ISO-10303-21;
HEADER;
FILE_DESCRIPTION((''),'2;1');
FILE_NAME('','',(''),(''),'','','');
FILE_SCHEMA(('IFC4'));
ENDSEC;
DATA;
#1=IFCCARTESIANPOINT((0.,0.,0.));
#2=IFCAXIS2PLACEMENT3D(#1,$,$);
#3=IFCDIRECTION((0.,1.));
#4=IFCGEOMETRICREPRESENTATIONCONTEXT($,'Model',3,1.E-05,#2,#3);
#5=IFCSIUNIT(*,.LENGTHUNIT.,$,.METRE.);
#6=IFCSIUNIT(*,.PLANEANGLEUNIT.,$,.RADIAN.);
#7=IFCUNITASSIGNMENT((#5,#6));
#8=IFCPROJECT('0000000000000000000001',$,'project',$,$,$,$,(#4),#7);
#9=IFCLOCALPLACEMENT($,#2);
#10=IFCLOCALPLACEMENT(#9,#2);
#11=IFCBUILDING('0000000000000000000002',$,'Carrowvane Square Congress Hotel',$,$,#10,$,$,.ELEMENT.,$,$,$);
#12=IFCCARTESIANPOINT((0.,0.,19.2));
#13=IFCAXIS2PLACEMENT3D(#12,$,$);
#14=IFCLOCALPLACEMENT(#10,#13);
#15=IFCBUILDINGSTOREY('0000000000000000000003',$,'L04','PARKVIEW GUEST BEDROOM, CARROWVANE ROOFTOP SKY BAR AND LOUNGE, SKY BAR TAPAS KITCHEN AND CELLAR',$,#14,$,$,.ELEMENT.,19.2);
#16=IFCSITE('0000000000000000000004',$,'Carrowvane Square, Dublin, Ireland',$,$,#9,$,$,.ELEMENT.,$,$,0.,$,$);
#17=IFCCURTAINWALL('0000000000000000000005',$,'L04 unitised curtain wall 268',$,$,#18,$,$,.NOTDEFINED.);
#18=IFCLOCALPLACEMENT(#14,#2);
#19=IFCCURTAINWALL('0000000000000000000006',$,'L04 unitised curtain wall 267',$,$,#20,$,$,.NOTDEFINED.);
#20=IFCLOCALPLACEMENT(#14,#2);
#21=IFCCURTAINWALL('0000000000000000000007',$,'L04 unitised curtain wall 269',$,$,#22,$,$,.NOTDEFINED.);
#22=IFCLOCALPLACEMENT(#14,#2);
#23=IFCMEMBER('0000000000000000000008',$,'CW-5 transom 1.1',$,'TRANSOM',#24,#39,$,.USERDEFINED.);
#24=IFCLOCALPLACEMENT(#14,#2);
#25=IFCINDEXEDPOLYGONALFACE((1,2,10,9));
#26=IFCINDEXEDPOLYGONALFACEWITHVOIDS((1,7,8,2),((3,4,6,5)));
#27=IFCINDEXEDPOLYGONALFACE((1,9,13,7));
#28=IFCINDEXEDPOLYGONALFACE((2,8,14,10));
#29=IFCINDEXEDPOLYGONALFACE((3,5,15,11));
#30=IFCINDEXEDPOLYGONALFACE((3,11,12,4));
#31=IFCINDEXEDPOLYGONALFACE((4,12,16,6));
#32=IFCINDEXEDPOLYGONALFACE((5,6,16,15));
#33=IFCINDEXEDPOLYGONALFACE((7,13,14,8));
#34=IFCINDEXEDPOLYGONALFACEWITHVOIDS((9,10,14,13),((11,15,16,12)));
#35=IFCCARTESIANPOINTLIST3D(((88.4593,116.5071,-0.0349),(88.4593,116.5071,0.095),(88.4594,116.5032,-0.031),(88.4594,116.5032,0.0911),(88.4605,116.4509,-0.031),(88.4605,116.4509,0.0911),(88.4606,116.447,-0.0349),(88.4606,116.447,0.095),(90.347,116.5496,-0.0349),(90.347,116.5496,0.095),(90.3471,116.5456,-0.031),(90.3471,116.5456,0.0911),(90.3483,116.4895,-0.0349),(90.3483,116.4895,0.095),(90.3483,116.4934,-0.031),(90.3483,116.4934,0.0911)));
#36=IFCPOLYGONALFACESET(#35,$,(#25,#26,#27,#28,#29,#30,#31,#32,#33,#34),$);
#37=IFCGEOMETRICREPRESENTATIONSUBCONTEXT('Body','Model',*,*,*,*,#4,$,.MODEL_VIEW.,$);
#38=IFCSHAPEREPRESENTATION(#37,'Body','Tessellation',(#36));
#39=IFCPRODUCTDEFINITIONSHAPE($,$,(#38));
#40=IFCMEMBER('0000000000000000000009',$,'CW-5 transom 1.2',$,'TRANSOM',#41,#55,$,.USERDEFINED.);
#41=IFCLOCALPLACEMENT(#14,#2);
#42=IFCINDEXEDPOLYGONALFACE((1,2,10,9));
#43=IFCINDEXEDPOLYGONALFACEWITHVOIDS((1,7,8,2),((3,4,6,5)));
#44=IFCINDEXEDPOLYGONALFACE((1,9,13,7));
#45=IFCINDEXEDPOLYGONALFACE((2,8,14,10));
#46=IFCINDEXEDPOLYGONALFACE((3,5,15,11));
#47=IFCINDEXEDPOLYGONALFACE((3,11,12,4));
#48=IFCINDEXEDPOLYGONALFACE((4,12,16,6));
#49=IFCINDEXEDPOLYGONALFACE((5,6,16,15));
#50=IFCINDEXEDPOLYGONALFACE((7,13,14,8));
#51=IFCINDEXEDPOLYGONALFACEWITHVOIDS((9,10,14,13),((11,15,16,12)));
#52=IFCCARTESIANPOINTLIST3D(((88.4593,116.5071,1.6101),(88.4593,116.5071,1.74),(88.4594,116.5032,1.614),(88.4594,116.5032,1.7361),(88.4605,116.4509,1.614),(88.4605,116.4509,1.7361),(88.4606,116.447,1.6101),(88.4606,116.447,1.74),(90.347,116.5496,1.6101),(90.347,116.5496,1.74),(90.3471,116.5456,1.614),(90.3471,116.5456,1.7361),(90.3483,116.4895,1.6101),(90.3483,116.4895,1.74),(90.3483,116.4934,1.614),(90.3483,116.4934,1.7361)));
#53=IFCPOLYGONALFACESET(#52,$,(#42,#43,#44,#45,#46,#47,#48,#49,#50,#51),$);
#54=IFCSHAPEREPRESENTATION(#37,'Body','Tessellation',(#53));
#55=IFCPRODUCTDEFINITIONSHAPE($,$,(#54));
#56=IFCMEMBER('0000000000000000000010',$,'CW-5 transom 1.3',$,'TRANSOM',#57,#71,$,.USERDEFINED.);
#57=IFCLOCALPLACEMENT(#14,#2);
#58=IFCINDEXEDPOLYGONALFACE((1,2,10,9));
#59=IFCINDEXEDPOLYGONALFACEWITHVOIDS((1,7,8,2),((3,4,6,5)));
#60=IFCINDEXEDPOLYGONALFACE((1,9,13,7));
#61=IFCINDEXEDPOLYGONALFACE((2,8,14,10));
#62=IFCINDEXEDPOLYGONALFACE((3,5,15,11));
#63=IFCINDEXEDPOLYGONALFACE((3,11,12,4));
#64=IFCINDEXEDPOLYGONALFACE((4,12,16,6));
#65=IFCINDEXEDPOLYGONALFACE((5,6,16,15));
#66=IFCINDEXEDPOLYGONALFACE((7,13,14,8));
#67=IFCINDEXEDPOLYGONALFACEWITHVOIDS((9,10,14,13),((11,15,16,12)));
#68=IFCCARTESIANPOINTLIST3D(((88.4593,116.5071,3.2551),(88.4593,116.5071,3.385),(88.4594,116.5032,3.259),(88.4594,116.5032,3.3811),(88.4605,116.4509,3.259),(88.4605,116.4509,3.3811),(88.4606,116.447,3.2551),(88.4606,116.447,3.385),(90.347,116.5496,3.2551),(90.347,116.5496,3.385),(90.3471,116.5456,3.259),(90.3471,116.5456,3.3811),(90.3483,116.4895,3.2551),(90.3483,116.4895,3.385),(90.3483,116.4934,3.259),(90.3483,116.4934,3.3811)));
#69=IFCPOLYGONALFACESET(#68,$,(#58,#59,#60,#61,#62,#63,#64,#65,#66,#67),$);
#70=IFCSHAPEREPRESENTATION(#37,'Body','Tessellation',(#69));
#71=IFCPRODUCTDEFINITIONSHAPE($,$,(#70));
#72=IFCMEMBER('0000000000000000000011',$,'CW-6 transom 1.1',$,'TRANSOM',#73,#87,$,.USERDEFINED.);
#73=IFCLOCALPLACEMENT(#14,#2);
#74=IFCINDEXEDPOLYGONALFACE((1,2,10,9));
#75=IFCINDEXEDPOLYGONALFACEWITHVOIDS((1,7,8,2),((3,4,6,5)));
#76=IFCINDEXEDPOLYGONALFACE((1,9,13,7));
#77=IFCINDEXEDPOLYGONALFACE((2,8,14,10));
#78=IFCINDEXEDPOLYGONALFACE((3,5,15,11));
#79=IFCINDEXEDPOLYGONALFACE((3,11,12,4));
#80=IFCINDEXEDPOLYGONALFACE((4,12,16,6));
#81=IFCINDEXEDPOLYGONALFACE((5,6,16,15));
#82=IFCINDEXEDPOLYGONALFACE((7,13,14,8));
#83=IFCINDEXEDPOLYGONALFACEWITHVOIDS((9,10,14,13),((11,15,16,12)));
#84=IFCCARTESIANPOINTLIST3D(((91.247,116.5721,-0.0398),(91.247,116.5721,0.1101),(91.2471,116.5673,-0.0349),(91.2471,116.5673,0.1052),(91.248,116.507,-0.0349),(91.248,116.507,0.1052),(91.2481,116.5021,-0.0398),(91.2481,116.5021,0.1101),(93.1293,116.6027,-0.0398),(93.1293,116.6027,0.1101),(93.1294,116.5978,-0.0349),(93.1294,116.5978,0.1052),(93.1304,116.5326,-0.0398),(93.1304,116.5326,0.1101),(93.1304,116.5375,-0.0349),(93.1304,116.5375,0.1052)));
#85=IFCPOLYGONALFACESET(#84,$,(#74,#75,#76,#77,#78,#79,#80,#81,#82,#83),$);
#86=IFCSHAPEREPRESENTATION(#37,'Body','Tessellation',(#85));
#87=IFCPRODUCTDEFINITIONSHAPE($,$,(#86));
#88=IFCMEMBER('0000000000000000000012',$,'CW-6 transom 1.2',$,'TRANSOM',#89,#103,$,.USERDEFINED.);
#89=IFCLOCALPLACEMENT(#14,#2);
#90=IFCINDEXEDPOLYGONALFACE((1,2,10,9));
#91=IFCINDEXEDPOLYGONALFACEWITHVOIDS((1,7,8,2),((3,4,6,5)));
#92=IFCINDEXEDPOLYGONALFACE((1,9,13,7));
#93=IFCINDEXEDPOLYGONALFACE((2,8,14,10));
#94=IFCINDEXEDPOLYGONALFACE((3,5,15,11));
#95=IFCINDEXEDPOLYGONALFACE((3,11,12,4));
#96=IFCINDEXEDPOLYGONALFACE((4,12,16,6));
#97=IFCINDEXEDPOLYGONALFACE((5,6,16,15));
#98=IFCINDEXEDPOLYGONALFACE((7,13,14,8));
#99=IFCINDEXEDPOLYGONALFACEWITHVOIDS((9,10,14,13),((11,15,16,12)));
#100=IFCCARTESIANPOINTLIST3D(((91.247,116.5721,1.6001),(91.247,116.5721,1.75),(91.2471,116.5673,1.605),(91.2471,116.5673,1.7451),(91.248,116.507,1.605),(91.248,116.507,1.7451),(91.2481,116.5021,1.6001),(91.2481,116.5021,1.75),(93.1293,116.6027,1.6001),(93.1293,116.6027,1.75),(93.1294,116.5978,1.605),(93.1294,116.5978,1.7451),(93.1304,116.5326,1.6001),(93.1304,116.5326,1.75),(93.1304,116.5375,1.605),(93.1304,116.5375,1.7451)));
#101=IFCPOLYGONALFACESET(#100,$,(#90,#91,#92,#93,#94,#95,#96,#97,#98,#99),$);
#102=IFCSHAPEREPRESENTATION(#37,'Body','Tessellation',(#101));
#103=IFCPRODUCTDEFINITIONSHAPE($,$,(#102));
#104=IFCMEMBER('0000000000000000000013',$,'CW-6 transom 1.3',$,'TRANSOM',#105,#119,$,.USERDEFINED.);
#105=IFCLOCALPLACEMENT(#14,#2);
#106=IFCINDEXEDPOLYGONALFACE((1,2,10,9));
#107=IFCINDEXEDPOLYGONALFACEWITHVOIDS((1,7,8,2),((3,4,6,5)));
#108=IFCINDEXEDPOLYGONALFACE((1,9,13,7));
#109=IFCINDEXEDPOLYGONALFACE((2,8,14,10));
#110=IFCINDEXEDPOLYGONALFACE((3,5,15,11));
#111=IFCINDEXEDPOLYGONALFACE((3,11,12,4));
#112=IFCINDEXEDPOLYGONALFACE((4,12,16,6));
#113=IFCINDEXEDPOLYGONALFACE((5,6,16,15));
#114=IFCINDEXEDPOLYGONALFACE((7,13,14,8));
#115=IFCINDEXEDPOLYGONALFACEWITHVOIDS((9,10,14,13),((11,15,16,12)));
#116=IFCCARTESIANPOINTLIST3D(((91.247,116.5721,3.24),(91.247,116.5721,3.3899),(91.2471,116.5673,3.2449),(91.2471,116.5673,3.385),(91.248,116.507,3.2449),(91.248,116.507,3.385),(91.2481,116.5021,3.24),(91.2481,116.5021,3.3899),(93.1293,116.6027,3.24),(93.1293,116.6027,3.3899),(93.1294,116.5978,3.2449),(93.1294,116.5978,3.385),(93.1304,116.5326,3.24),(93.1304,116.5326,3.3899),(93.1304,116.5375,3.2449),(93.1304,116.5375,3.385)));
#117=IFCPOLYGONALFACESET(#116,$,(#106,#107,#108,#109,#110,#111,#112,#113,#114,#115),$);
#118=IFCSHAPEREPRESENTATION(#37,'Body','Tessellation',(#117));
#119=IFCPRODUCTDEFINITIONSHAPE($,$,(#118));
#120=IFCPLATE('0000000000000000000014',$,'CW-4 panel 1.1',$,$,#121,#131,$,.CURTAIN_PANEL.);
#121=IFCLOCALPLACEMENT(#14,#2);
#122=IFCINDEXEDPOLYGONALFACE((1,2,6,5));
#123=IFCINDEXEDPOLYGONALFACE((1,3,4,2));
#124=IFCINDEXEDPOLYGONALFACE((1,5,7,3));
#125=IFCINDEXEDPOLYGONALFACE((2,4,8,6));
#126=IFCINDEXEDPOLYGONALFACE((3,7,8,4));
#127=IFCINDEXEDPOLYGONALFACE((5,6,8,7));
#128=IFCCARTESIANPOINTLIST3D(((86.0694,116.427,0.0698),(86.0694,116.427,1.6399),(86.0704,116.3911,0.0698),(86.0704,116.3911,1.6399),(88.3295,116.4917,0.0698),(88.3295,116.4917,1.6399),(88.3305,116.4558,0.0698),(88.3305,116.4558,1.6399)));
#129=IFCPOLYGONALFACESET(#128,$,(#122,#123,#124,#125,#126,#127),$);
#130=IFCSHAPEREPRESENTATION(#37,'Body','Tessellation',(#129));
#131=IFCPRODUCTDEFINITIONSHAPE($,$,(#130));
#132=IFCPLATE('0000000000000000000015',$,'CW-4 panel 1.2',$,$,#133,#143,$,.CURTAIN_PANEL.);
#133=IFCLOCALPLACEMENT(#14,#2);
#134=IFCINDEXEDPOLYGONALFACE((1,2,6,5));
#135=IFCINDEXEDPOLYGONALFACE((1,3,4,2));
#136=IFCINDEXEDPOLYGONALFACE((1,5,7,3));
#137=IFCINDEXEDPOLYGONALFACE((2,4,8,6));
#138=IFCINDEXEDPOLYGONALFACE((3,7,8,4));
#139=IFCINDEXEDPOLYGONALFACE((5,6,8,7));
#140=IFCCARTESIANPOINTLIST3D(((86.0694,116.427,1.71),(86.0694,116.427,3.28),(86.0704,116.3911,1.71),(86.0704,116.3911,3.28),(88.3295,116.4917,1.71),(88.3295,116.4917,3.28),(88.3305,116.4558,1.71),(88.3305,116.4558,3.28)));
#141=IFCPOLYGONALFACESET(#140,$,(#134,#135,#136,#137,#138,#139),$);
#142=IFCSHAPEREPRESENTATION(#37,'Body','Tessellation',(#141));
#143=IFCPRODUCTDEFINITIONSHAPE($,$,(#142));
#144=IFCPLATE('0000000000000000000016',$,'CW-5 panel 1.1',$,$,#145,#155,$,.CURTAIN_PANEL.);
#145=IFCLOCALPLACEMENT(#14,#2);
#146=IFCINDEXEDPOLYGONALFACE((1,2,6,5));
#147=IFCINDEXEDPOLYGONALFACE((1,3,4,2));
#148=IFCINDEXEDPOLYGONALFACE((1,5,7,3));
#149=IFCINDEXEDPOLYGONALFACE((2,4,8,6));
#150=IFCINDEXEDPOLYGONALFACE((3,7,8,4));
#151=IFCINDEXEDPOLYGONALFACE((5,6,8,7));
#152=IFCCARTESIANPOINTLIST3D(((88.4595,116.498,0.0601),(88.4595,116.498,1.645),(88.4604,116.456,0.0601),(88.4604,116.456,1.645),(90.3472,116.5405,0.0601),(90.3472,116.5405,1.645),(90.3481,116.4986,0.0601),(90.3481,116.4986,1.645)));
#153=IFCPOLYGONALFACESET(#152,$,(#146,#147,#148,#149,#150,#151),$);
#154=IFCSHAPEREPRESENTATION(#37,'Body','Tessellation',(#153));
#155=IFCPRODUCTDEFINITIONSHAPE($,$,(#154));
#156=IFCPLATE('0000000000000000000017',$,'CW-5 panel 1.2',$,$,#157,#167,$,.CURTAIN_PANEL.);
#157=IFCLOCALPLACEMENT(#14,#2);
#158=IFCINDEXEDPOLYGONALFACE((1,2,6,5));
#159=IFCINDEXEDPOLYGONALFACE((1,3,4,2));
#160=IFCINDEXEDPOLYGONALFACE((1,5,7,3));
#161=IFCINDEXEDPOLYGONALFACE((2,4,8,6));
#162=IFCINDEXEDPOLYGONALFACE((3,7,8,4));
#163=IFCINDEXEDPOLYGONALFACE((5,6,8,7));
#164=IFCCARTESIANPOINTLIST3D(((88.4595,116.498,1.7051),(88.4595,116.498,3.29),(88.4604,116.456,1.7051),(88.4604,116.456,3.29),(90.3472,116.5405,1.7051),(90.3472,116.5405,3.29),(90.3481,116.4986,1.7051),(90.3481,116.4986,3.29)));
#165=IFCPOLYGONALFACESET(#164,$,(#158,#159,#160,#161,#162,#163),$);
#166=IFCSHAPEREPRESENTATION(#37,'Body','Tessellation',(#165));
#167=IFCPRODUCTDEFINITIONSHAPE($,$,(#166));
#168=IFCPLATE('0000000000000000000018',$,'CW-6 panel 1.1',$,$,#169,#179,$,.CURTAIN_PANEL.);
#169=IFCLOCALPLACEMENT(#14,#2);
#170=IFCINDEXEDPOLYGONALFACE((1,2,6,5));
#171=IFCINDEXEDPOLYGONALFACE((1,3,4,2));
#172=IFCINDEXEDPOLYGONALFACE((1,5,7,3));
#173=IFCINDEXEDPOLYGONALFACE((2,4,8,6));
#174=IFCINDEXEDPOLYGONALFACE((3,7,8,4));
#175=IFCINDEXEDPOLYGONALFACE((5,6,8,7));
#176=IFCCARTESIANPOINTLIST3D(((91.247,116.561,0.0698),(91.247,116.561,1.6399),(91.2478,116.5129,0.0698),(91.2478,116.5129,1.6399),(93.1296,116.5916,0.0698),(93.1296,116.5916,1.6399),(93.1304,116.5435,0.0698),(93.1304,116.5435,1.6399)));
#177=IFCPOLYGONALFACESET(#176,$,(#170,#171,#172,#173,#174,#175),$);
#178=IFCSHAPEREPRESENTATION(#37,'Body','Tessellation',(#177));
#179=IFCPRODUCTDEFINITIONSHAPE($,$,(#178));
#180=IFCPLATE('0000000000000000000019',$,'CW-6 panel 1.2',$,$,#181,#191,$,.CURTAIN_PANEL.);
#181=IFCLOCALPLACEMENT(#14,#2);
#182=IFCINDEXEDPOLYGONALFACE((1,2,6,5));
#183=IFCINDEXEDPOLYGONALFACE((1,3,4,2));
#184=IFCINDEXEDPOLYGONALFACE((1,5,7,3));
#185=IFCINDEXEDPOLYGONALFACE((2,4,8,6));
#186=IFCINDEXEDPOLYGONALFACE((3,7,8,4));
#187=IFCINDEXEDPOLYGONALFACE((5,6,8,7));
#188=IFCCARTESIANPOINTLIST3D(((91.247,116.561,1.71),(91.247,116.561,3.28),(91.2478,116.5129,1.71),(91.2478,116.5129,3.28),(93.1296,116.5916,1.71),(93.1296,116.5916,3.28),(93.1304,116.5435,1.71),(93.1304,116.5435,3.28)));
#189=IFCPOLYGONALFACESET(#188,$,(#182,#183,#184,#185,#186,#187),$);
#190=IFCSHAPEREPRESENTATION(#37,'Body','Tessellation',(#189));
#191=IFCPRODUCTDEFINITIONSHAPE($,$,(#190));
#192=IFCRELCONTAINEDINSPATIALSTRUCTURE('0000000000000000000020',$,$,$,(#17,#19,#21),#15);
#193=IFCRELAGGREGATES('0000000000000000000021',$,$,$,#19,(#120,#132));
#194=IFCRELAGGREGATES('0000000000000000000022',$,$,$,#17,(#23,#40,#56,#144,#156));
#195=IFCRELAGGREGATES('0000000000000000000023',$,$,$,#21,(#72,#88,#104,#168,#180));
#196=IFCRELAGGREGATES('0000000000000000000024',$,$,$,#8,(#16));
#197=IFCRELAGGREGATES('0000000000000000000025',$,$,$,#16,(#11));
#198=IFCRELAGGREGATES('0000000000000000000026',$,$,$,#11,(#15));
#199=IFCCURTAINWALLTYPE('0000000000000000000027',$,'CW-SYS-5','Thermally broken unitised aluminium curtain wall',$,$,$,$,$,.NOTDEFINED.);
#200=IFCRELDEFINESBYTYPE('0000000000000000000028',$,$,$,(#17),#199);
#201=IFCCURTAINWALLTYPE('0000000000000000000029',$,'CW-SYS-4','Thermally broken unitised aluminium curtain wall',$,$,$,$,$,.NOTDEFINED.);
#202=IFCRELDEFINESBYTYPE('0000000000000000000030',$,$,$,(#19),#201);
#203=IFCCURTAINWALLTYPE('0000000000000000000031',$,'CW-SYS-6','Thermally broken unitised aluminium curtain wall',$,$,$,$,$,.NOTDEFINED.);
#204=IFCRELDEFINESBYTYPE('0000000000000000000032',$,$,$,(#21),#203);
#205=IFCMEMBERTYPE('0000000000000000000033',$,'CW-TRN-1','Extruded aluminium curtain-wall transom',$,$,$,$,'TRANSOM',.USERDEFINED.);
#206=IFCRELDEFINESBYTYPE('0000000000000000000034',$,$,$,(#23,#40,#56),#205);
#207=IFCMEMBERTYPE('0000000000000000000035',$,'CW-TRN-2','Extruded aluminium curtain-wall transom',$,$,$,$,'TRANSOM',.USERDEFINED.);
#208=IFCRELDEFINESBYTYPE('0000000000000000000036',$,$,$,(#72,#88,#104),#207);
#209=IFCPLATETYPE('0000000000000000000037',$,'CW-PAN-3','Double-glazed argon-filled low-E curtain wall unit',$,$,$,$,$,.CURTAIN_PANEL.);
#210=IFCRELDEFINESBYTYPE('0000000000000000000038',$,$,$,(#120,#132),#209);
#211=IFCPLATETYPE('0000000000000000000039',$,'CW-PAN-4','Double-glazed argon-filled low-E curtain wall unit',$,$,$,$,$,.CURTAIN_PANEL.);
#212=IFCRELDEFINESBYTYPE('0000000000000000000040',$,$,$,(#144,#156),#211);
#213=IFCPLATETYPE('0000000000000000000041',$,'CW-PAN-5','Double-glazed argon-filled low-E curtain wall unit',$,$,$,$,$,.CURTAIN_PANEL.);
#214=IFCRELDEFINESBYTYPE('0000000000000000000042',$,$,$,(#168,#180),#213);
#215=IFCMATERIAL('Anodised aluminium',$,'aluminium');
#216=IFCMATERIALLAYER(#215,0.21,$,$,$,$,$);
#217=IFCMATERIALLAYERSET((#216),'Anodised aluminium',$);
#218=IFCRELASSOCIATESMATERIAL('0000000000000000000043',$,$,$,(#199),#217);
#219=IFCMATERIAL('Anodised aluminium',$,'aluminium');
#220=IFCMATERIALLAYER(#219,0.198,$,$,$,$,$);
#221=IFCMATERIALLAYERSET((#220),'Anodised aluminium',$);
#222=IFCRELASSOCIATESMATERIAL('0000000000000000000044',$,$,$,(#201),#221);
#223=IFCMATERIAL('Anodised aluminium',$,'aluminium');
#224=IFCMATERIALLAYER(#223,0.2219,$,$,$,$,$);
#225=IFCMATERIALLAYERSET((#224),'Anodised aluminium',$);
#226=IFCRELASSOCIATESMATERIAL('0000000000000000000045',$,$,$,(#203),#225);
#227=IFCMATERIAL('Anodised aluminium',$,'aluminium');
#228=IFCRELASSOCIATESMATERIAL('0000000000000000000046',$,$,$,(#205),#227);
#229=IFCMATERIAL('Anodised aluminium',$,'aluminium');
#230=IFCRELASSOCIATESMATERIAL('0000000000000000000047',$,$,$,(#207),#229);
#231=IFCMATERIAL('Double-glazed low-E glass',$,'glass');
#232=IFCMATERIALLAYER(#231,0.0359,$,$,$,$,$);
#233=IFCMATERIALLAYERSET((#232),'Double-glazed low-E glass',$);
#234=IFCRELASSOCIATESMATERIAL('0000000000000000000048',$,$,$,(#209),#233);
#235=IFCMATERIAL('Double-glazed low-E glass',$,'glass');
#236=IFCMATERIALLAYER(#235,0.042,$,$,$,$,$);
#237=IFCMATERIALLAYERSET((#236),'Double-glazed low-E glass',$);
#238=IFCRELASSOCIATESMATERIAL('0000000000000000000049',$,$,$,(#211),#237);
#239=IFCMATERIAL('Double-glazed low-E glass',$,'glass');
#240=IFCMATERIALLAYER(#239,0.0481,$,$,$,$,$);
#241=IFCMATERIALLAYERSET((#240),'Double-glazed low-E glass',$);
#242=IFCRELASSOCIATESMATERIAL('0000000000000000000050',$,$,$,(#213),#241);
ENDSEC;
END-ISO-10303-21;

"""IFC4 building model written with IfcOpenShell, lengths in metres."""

from ifc_helpers import new_model, si_unit, direction, frame, origin, origin_2d, place, context, subcontext, project, spatial, rectangle, hollow_rectangle, extrude, material, layer, layer_set, material_profile, profile_set, type_object, element, aggregate, save


model = new_model("IFC4")

# Units and contexts
model_context = context("Model", 3, precision=1e-05, world=origin(), true_north=direction((0.0, 1.0)))
body_context = subcontext(model_context, "Body", "Model", "MODEL_VIEW")
ifc_project = project(units=[si_unit("LENGTHUNIT", "METRE"), si_unit("PLANEANGLEUNIT", "RADIAN")], contexts=[model_context])

# Site, building, storey
site_placement = place(None, origin())
site = spatial("IfcSite", under=ifc_project, at=site_placement, Name="Carrowvane Square, Dublin, Ireland", CompositionType="ELEMENT", RefElevation=0.0)
building_placement = place(site_placement, origin())
building = spatial("IfcBuilding", under=site, at=building_placement, Name="Carrowvane Square Congress Hotel", CompositionType="ELEMENT")
storey_placement = place(building_placement, frame((0.0, 0.0, 19.2)))
storey = spatial("IfcBuildingStorey", under=building, at=storey_placement, Name="L04", Description="PARKVIEW GUEST BEDROOM, CARROWVANE ROOFTOP SKY BAR AND LOUNGE, SKY BAR TAPAS KITCHEN AND CELLAR", CompositionType="ELEMENT", Elevation=19.2)

# Curtain wall
ifc_material_1 = material(Name="Anodised aluminium", Category="aluminium")
ifc_layer_1 = layer(ifc_material_1, 0.21)
ifc_layer_set_1 = layer_set([ifc_layer_1], Name="Anodised aluminium")
curtain_wall_type_1 = type_object("IfcCurtainWallType", Name="CW-SYS-5", Description="Thermally broken unitised aluminium curtain wall", PredefinedType="NOTDEFINED", material=ifc_layer_set_1)
curtain_wall_1_placement = place(storey_placement, origin())
curtain_wall_1 = element("IfcCurtainWall", 1, at=curtain_wall_1_placement, inside=storey, type_object=curtain_wall_type_1, Name="L04 unitised curtain wall 268", PredefinedType="NOTDEFINED")

# Curtain wall
ifc_material_2 = material(Name="Anodised aluminium", Category="aluminium")
ifc_layer_2 = layer(ifc_material_2, 0.198)
ifc_layer_set_2 = layer_set([ifc_layer_2], Name="Anodised aluminium")
curtain_wall_type_2 = type_object("IfcCurtainWallType", Name="CW-SYS-4", Description="Thermally broken unitised aluminium curtain wall", PredefinedType="NOTDEFINED", material=ifc_layer_set_2)
curtain_wall_2_placement = place(storey_placement, origin())
curtain_wall_2 = element("IfcCurtainWall", 2, at=curtain_wall_2_placement, inside=storey, type_object=curtain_wall_type_2, Name="L04 unitised curtain wall 267", PredefinedType="NOTDEFINED")

# Curtain wall
ifc_material_3 = material(Name="Anodised aluminium", Category="aluminium")
ifc_layer_3 = layer(ifc_material_3, 0.2219)
ifc_layer_set_3 = layer_set([ifc_layer_3], Name="Anodised aluminium")
curtain_wall_type_3 = type_object("IfcCurtainWallType", Name="CW-SYS-6", Description="Thermally broken unitised aluminium curtain wall", PredefinedType="NOTDEFINED", material=ifc_layer_set_3)
curtain_wall_3_placement = place(storey_placement, origin())
curtain_wall_3 = element("IfcCurtainWall", 3, at=curtain_wall_3_placement, inside=storey, type_object=curtain_wall_type_3, Name="L04 unitised curtain wall 269", PredefinedType="NOTDEFINED")

# Members
ifc_material_4 = material(Name="Anodised aluminium", Category="aluminium")
ifc_material_profile_1 = material_profile(ifc_material_4, hollow_rectangle(XDim=0.0601, YDim=0.1299, WallThickness=0.0039, at=origin_2d()), Name="CW-TR 60x130x4")
ifc_profile_set_1 = profile_set([ifc_material_profile_1], Name="Anodised aluminium")
member_type_1 = type_object("IfcMemberType", Name="CW-TRN-1", Description="Extruded aluminium curtain-wall transom", ElementType="TRANSOM", PredefinedType="USERDEFINED", material=ifc_profile_set_1)
member_1_placement = place(storey_placement, frame((88.46, 116.4771, 0.03), z_axis=(0.999747, 0.022498, 0.0), x_axis=(-0.022498, 0.999747, 0.0)))
member_1 = element("IfcMember", 4, at=member_1_placement, type_object=member_type_1, Name="CW-5 transom 1.1", ObjectType="TRANSOM", PredefinedType="USERDEFINED", context=body_context, shape_type="SweptSolid", body=[
    extrude(hollow_rectangle(XDim=0.0601, YDim=0.1299, WallThickness=0.0039, at=origin_2d()), origin(), (0.0, 0.0, 1.0), 1.8882),
])
member_2_placement = place(storey_placement, frame((88.46, 116.4771, 1.675), z_axis=(0.999747, 0.022498, 0.0), x_axis=(-0.022498, 0.999747, 0.0)))
member_2 = element("IfcMember", 5, at=member_2_placement, type_object=member_type_1, Name="CW-5 transom 1.2", ObjectType="TRANSOM", PredefinedType="USERDEFINED", context=body_context, shape_type="SweptSolid", body=[
    extrude(hollow_rectangle(XDim=0.0601, YDim=0.1299, WallThickness=0.0039, at=origin_2d()), origin(), (0.0, 0.0, 1.0), 1.8882),
])
member_3_placement = place(storey_placement, frame((88.46, 116.4771, 3.3201), z_axis=(0.999747, 0.022498, 0.0), x_axis=(-0.022498, 0.999747, 0.0)))
member_3 = element("IfcMember", 6, at=member_3_placement, type_object=member_type_1, Name="CW-5 transom 1.3", ObjectType="TRANSOM", PredefinedType="USERDEFINED", context=body_context, shape_type="SweptSolid", body=[
    extrude(hollow_rectangle(XDim=0.0601, YDim=0.1299, WallThickness=0.0039, at=origin_2d()), origin(), (0.0, 0.0, 1.0), 1.8882),
])
ifc_material_5 = material(Name="Anodised aluminium", Category="aluminium")
ifc_material_profile_2 = material_profile(ifc_material_5, hollow_rectangle(XDim=0.0701, YDim=0.1499, WallThickness=0.0049, at=origin_2d()), Name="CW-TR 70x150x5")
ifc_profile_set_2 = profile_set([ifc_material_profile_2], Name="Anodised aluminium")
member_type_2 = type_object("IfcMemberType", Name="CW-TRN-2", Description="Extruded aluminium curtain-wall transom", ElementType="TRANSOM", PredefinedType="USERDEFINED", material=ifc_profile_set_2)
member_4_placement = place(storey_placement, frame((91.2476, 116.5371, 0.0352), z_axis=(0.999869, 0.016211, 0.0), x_axis=(-0.016211, 0.999869, 0.0)))
member_4 = element("IfcMember", 7, at=member_4_placement, type_object=member_type_2, Name="CW-6 transom 1.1", ObjectType="TRANSOM", PredefinedType="USERDEFINED", context=body_context, shape_type="SweptSolid", body=[
    extrude(hollow_rectangle(XDim=0.0701, YDim=0.1499, WallThickness=0.0049, at=origin_2d()), origin(), (0.0, 0.0, 1.0), 1.8826),
])
member_5_placement = place(storey_placement, frame((91.2476, 116.5371, 1.675), z_axis=(0.999869, 0.016211, 0.0), x_axis=(-0.016211, 0.999869, 0.0)))
member_5 = element("IfcMember", 8, at=member_5_placement, type_object=member_type_2, Name="CW-6 transom 1.2", ObjectType="TRANSOM", PredefinedType="USERDEFINED", context=body_context, shape_type="SweptSolid", body=[
    extrude(hollow_rectangle(XDim=0.0701, YDim=0.1499, WallThickness=0.0049, at=origin_2d()), origin(), (0.0, 0.0, 1.0), 1.8826),
])
member_6_placement = place(storey_placement, frame((91.2476, 116.5371, 3.3149), z_axis=(0.999869, 0.016211, 0.0), x_axis=(-0.016211, 0.999869, 0.0)))
member_6 = element("IfcMember", 9, at=member_6_placement, type_object=member_type_2, Name="CW-6 transom 1.3", ObjectType="TRANSOM", PredefinedType="USERDEFINED", context=body_context, shape_type="SweptSolid", body=[
    extrude(hollow_rectangle(XDim=0.0701, YDim=0.1499, WallThickness=0.0049, at=origin_2d()), origin(), (0.0, 0.0, 1.0), 1.8826),
])

# Plates
ifc_material_6 = material(Name="Double-glazed low-E glass", Category="glass")
ifc_layer_4 = layer(ifc_material_6, 0.0359)
ifc_layer_set_4 = layer_set([ifc_layer_4], Name="Double-glazed low-E glass")
plate_type_1 = type_object("IfcPlateType", Name="CW-PAN-3", Description="Double-glazed argon-filled low-E curtain wall unit", PredefinedType="CURTAIN_PANEL", material=ifc_layer_set_4)
plate_1_placement = place(storey_placement, frame((87.2, 116.4414, 0.0698), z_axis=(0.0, 0.0, 1.0), x_axis=(0.99959, 0.028638, 0.0)))
plate_1 = element("IfcPlate", 10, at=plate_1_placement, type_object=plate_type_1, Name="CW-4 panel 1.1", PredefinedType="CURTAIN_PANEL", context=body_context, shape_type="SweptSolid", body=[
    extrude(rectangle(XDim=2.261, YDim=0.0359, at=origin_2d()), origin(), (0.0, 0.0, 1.0), 1.5701),
])
plate_2_placement = place(storey_placement, frame((87.2, 116.4414, 1.71), z_axis=(0.0, 0.0, 1.0), x_axis=(0.99959, 0.028638, 0.0)))
plate_2 = element("IfcPlate", 11, at=plate_2_placement, type_object=plate_type_1, Name="CW-4 panel 1.2", PredefinedType="CURTAIN_PANEL", context=body_context, shape_type="SweptSolid", body=[
    extrude(rectangle(XDim=2.261, YDim=0.0359, at=origin_2d()), origin(), (0.0, 0.0, 1.0), 1.5701),
])
aggregate(curtain_wall_2, [plate_1, plate_2])
ifc_material_7 = material(Name="Double-glazed low-E glass", Category="glass")
ifc_layer_5 = layer(ifc_material_7, 0.042)
ifc_layer_set_5 = layer_set([ifc_layer_5], Name="Double-glazed low-E glass")
plate_type_2 = type_object("IfcPlateType", Name="CW-PAN-4", Description="Double-glazed argon-filled low-E curtain wall unit", PredefinedType="CURTAIN_PANEL", material=ifc_layer_set_5)
plate_3_placement = place(storey_placement, frame((89.4038, 116.4983, 0.0601), z_axis=(0.0, 0.0, 1.0), x_axis=(0.999746, 0.022518, 0.0)))
plate_3 = element("IfcPlate", 12, at=plate_3_placement, type_object=plate_type_2, Name="CW-5 panel 1.1", PredefinedType="CURTAIN_PANEL", context=body_context, shape_type="SweptSolid", body=[
    extrude(rectangle(XDim=1.8882, YDim=0.042, at=origin_2d()), origin(), (0.0, 0.0, 1.0), 1.585),
])
plate_4_placement = place(storey_placement, frame((89.4038, 116.4983, 1.7051), z_axis=(0.0, 0.0, 1.0), x_axis=(0.999746, 0.022518, 0.0)))
plate_4 = element("IfcPlate", 13, at=plate_4_placement, type_object=plate_type_2, Name="CW-5 panel 1.2", PredefinedType="CURTAIN_PANEL", context=body_context, shape_type="SweptSolid", body=[
    extrude(rectangle(XDim=1.8882, YDim=0.042, at=origin_2d()), origin(), (0.0, 0.0, 1.0), 1.585),
])
aggregate(curtain_wall_1, [member_1, member_2, member_3, plate_3, plate_4])
ifc_material_8 = material(Name="Double-glazed low-E glass", Category="glass")
ifc_layer_6 = layer(ifc_material_8, 0.0481)
ifc_layer_set_6 = layer_set([ifc_layer_6], Name="Double-glazed low-E glass")
plate_type_3 = type_object("IfcPlateType", Name="CW-PAN-5", Description="Double-glazed argon-filled low-E curtain wall unit", PredefinedType="CURTAIN_PANEL", material=ifc_layer_set_6)
plate_5_placement = place(storey_placement, frame((92.1887, 116.5522, 0.0698), z_axis=(0.0, 0.0, 1.0), x_axis=(0.999869, 0.016216, 0.0)))
plate_5 = element("IfcPlate", 14, at=plate_5_placement, type_object=plate_type_3, Name="CW-6 panel 1.1", PredefinedType="CURTAIN_PANEL", context=body_context, shape_type="SweptSolid", body=[
    extrude(rectangle(XDim=1.8828, YDim=0.0481, at=origin_2d()), origin(), (0.0, 0.0, 1.0), 1.5701),
])
plate_6_placement = place(storey_placement, frame((92.1887, 116.5522, 1.71), z_axis=(0.0, 0.0, 1.0), x_axis=(0.999869, 0.016216, 0.0)))
plate_6 = element("IfcPlate", 15, at=plate_6_placement, type_object=plate_type_3, Name="CW-6 panel 1.2", PredefinedType="CURTAIN_PANEL", context=body_context, shape_type="SweptSolid", body=[
    extrude(rectangle(XDim=1.8828, YDim=0.0481, at=origin_2d()), origin(), (0.0, 0.0, 1.0), 1.5701),
])
aggregate(curtain_wall_3, [member_4, member_5, member_6, plate_5, plate_6])

save(model, "model.ifc")
